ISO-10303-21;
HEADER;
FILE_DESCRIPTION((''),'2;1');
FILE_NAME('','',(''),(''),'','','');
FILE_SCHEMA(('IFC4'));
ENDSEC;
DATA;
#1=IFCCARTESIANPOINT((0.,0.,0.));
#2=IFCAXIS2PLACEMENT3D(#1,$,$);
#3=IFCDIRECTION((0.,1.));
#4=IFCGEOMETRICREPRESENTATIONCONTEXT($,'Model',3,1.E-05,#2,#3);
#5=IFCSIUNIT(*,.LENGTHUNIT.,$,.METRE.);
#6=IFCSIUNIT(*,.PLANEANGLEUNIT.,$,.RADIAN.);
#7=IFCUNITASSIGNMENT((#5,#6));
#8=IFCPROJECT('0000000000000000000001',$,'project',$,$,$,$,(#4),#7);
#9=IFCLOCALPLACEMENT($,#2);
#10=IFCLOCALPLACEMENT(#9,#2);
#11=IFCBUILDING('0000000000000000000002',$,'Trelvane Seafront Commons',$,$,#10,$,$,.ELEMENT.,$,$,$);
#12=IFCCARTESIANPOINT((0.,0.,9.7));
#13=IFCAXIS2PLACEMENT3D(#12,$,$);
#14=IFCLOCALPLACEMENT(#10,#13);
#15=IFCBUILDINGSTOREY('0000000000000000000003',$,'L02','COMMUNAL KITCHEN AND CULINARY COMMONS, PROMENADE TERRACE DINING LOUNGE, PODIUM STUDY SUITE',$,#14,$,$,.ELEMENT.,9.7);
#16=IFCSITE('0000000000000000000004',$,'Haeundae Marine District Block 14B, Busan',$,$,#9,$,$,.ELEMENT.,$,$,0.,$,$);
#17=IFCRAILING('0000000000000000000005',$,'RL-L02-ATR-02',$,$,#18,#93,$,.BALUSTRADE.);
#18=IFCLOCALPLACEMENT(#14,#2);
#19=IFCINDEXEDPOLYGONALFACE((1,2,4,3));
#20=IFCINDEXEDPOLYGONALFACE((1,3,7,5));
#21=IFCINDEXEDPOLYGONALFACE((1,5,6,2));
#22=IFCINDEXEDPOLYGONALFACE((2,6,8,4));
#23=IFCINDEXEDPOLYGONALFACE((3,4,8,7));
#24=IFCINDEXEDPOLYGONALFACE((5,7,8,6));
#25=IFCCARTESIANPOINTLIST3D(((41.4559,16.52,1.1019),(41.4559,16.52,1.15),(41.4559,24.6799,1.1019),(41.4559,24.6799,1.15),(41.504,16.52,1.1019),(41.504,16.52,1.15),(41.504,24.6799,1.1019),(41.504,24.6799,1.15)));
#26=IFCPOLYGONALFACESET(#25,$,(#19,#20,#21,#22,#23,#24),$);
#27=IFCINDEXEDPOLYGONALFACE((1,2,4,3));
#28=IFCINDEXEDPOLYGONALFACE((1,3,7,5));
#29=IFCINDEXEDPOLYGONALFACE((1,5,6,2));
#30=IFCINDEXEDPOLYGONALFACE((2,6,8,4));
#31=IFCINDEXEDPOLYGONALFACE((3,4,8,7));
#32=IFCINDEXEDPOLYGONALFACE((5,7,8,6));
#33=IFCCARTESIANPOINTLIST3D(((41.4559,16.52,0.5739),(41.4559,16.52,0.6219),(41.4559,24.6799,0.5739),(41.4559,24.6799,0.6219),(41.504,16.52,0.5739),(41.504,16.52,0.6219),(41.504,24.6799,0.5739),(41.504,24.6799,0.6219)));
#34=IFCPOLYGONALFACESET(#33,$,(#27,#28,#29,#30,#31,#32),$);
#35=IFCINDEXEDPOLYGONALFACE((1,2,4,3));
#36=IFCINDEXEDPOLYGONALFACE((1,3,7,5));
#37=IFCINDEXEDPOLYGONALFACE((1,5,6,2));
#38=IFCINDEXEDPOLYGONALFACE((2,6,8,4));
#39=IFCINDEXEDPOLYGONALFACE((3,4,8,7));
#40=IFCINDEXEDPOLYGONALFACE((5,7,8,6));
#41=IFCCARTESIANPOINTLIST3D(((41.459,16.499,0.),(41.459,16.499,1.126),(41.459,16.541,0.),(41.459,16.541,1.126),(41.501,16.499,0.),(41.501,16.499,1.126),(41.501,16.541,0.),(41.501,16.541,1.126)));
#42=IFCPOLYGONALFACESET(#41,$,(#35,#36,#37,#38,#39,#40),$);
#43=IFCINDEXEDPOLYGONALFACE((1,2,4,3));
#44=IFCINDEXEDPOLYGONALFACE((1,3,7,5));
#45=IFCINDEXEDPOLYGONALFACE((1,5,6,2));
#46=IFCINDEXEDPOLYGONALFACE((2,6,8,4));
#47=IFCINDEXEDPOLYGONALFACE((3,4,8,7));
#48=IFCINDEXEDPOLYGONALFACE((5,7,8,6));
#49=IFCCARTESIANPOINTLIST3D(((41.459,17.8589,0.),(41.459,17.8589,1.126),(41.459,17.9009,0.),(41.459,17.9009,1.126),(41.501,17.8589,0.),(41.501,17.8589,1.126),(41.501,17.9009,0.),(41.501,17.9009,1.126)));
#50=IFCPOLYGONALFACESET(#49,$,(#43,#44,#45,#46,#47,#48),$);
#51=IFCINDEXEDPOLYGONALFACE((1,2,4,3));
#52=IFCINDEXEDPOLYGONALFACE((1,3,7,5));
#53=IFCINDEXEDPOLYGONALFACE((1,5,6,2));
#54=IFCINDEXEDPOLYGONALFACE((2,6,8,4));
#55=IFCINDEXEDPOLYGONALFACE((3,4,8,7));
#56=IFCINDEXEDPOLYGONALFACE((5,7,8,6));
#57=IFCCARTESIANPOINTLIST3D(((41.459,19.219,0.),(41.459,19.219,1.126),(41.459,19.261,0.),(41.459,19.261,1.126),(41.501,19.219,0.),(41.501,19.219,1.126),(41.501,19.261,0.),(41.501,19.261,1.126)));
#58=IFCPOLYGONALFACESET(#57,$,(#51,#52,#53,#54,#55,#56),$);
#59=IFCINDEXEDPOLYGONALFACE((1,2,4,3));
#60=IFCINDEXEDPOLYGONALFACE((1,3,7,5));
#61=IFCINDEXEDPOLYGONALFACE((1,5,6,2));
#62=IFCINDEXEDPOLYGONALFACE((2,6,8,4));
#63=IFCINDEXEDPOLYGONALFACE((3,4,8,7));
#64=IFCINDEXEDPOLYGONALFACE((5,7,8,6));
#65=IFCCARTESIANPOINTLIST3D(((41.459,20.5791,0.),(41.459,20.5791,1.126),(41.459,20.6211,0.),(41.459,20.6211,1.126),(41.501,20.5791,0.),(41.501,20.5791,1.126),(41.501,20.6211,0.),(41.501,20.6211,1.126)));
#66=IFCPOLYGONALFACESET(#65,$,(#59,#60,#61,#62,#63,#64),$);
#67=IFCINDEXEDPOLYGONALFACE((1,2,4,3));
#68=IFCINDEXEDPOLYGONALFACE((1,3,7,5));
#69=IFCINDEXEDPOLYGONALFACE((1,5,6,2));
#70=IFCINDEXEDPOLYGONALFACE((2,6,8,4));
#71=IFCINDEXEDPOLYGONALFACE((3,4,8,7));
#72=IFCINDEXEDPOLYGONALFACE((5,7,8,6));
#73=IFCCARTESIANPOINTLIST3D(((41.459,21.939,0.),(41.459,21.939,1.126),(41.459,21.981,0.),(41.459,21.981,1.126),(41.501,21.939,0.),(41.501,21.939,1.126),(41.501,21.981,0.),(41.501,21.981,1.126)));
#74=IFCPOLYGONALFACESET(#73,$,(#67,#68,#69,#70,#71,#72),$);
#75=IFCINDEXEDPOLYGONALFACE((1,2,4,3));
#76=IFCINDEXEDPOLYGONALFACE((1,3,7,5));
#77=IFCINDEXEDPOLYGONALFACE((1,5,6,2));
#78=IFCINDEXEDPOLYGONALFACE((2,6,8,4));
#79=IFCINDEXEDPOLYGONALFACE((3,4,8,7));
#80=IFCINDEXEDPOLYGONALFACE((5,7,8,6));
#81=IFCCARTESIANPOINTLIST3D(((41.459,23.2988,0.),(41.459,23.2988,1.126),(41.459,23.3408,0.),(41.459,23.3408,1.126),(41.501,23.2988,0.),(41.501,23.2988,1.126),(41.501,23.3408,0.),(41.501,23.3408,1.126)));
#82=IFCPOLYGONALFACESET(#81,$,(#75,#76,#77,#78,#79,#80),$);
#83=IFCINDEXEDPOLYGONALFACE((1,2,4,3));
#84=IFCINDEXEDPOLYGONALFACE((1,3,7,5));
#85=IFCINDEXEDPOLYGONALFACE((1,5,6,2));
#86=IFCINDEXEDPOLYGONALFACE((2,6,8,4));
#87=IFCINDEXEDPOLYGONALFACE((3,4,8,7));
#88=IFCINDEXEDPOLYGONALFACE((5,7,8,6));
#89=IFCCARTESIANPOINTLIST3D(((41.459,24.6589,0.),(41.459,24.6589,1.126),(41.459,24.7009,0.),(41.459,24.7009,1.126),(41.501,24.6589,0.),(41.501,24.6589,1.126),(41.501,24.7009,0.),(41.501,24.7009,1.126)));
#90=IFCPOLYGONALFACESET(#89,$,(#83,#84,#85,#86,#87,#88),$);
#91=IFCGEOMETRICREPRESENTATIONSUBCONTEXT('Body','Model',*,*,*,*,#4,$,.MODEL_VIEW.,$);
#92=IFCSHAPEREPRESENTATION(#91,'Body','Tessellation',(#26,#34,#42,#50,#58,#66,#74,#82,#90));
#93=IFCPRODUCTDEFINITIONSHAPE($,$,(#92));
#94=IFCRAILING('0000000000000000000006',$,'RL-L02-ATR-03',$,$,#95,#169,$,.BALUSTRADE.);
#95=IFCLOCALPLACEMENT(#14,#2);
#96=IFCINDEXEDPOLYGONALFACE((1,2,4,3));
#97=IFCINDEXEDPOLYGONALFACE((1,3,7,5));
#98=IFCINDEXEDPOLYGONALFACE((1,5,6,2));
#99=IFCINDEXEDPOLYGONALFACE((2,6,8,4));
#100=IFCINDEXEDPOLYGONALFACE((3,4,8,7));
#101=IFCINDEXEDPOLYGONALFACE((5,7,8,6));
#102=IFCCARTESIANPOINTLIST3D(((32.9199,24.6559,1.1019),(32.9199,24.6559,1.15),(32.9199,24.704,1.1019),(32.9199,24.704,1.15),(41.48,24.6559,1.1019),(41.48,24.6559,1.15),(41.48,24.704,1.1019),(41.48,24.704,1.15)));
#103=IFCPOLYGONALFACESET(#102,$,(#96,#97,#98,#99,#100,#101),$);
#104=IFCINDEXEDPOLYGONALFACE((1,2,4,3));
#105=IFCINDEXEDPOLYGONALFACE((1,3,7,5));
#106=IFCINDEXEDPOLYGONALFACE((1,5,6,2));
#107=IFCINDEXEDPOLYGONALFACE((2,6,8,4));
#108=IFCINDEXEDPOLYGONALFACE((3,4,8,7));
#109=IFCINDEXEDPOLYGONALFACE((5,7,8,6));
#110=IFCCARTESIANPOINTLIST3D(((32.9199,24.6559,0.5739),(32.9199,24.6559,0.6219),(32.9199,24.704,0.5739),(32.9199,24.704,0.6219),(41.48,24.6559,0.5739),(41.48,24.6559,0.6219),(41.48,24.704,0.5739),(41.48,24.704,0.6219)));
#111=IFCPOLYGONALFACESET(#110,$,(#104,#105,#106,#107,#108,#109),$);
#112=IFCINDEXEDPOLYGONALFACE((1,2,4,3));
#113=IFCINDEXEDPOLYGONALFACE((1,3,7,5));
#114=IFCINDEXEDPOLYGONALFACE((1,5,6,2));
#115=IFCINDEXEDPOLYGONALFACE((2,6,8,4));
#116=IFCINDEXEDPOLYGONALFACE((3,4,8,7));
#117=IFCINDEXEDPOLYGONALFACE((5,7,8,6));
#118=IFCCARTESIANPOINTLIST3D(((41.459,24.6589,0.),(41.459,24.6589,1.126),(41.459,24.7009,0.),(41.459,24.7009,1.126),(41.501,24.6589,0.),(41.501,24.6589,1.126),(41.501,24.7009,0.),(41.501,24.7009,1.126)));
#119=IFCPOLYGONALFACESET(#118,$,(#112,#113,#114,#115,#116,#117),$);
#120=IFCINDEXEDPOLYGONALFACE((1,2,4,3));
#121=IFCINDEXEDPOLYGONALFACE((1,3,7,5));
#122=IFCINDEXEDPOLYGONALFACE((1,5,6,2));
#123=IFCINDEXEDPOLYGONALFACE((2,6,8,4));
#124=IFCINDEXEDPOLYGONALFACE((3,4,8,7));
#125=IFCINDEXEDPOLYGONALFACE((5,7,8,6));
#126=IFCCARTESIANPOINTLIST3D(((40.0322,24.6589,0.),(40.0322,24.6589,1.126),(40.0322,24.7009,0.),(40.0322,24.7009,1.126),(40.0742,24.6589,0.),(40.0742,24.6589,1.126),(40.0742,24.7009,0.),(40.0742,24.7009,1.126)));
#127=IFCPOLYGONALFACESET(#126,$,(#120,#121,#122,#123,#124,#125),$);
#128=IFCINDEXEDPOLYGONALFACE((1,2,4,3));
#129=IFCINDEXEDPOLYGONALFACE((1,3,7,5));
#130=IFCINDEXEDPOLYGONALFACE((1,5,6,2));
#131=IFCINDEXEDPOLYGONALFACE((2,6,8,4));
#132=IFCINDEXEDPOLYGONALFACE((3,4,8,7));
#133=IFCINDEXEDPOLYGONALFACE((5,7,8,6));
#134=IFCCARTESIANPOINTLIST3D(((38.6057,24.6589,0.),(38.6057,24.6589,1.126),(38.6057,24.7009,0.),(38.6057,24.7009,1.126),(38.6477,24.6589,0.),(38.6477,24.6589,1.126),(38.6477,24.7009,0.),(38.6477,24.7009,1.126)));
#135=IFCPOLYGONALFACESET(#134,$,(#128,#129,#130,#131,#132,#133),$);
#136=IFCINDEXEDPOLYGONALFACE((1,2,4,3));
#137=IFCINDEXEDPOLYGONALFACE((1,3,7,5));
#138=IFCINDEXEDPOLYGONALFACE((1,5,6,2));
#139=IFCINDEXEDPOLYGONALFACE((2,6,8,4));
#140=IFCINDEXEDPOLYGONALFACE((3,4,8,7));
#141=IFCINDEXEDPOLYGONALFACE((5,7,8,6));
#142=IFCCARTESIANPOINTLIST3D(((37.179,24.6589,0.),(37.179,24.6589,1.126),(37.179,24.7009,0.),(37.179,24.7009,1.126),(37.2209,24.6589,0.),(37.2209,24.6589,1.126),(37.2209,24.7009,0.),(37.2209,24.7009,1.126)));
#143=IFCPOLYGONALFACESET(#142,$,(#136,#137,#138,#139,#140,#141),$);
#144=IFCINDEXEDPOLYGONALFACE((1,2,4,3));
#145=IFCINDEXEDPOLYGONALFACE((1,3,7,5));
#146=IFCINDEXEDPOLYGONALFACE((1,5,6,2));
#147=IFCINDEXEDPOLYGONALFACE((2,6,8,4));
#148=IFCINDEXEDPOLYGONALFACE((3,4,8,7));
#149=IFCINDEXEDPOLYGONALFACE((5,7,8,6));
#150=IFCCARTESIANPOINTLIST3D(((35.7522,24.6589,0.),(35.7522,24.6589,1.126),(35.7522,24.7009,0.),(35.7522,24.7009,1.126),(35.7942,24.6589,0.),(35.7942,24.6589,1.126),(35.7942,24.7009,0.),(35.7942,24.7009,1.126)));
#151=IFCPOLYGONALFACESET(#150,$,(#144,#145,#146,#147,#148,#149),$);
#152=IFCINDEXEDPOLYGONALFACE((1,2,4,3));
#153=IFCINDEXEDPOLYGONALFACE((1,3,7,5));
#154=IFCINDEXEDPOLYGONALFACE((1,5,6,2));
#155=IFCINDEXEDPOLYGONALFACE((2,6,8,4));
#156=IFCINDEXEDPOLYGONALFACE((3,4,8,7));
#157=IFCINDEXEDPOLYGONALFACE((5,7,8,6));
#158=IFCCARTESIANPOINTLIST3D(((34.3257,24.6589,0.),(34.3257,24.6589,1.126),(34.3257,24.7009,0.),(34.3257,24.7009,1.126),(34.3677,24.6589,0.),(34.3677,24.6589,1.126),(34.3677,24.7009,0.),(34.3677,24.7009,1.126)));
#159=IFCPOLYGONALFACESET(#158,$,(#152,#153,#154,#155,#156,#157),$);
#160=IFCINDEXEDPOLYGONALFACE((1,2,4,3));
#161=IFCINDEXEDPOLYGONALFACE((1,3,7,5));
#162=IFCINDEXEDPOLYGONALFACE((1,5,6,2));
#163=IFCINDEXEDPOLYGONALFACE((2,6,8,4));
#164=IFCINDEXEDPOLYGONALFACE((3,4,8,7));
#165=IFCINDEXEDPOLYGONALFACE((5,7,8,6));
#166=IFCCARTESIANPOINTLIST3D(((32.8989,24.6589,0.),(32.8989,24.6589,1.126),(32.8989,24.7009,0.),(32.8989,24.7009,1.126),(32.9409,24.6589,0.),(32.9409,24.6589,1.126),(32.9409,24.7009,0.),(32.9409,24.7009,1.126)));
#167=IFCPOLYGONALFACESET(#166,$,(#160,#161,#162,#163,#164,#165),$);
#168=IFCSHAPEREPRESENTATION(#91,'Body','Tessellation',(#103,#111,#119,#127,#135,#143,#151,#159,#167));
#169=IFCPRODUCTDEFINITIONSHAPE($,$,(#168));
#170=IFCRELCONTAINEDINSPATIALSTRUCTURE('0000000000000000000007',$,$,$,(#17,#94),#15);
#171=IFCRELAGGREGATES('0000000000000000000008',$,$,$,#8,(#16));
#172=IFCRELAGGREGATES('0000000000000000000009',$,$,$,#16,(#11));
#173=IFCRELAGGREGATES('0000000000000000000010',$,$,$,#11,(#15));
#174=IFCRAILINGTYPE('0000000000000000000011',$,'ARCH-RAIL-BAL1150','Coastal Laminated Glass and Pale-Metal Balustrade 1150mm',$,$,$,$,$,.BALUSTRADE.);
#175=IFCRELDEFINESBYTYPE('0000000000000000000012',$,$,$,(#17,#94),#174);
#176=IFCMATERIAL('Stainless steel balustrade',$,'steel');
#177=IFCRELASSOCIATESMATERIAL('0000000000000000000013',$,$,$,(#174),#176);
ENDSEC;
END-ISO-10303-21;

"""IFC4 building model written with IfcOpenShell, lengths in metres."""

from ifc_helpers import new_model, si_unit, direction, frame, origin, origin_2d, place, context, subcontext, project, spatial, rectangle, extrude, material, type_object, element, save


model = new_model("IFC4")

# Units and contexts
model_context = context("Model", 3, precision=1e-05, world=origin(), true_north=direction((0.0, 1.0)))
body_context = subcontext(model_context, "Body", "Model", "MODEL_VIEW")
ifc_project = project(units=[si_unit("LENGTHUNIT", "METRE"), si_unit("PLANEANGLEUNIT", "RADIAN")], contexts=[model_context])

# Site, building, storey
site_placement = place(None, origin())
site = spatial("IfcSite", under=ifc_project, at=site_placement, Name="Haeundae Marine District Block 14B, Busan", CompositionType="ELEMENT", RefElevation=0.0)
building_placement = place(site_placement, origin())
building = spatial("IfcBuilding", under=site, at=building_placement, Name="Trelvane Seafront Commons", CompositionType="ELEMENT")
storey_placement = place(building_placement, frame((0.0, 0.0, 9.7)))
storey = spatial("IfcBuildingStorey", under=building, at=storey_placement, Name="L02", Description="COMMUNAL KITCHEN AND CULINARY COMMONS, PROMENADE TERRACE DINING LOUNGE, PODIUM STUDY SUITE", CompositionType="ELEMENT", Elevation=9.7)

# Railings
ifc_material_1 = material(Name="Stainless steel balustrade", Category="steel")
railing_type = type_object("IfcRailingType", Name="ARCH-RAIL-BAL1150", Description="Coastal Laminated Glass and Pale-Metal Balustrade 1150mm", PredefinedType="BALUSTRADE", material=ifc_material_1)
railing_1_placement = place(storey_placement, frame((41.48, 16.52, 0.0)))
element("IfcRailing", 1, at=railing_1_placement, inside=storey, type_object=railing_type, Name="RL-L02-ATR-02", PredefinedType="BALUSTRADE", context=body_context, shape_type="SweptSolid", body=[
    extrude(rectangle(XDim=0.0481, YDim=0.0481, at=origin_2d()), frame((0.0, 0.0, 1.126), z_axis=(0.0, 1.0, 0.0), x_axis=(-1.0, 0.0, 0.0)), (0.0, 0.0, 1.0), 8.1599),
    extrude(rectangle(XDim=0.0481, YDim=0.0481, at=origin_2d()), frame((0.0, 0.0, 0.5979), z_axis=(0.0, 1.0, 0.0), x_axis=(-1.0, 0.0, 0.0)), (0.0, 0.0, 1.0), 8.1599),
    extrude(rectangle(XDim=0.042, YDim=0.042, at=origin_2d()), origin(), (0.0, 0.0, 1.0), 1.126),
    extrude(rectangle(XDim=0.042, YDim=0.042, at=origin_2d()), frame((0.0, 1.3599, 0.0)), (0.0, 0.0, 1.0), 1.126),
    extrude(rectangle(XDim=0.042, YDim=0.042, at=origin_2d()), frame((0.0, 2.72, 0.0)), (0.0, 0.0, 1.0), 1.126),
    extrude(rectangle(XDim=0.042, YDim=0.042, at=origin_2d()), frame((0.0, 4.0801, 0.0)), (0.0, 0.0, 1.0), 1.126),
    extrude(rectangle(XDim=0.042, YDim=0.042, at=origin_2d()), frame((0.0, 5.4399, 0.0)), (0.0, 0.0, 1.0), 1.126),
    extrude(rectangle(XDim=0.042, YDim=0.042, at=origin_2d()), frame((0.0, 6.7998, 0.0)), (0.0, 0.0, 1.0), 1.126),
    extrude(rectangle(XDim=0.042, YDim=0.042, at=origin_2d()), frame((0.0, 8.1599, 0.0)), (0.0, 0.0, 1.0), 1.126),
])
railing_2_placement = place(storey_placement, frame((41.48, 24.6799, 0.0)))
element("IfcRailing", 2, at=railing_2_placement, inside=storey, type_object=railing_type, Name="RL-L02-ATR-03", PredefinedType="BALUSTRADE", context=body_context, shape_type="SweptSolid", body=[
    extrude(rectangle(XDim=0.0481, YDim=0.0481, at=origin_2d()), frame((0.0, 0.0, 1.126), z_axis=(-1.0, 0.0, 0.0), x_axis=(0.0, -1.0, 0.0)), (0.0, 0.0, 1.0), 8.5601),
    extrude(rectangle(XDim=0.0481, YDim=0.0481, at=origin_2d()), frame((0.0, 0.0, 0.5979), z_axis=(-1.0, 0.0, 0.0), x_axis=(0.0, -1.0, 0.0)), (0.0, 0.0, 1.0), 8.5601),
    extrude(rectangle(XDim=0.042, YDim=0.042, at=origin_2d()), origin(), (0.0, 0.0, 1.0), 1.126),
    extrude(rectangle(XDim=0.042, YDim=0.042, at=origin_2d()), frame((-1.4268, 0.0, 0.0)), (0.0, 0.0, 1.0), 1.126),
    extrude(rectangle(XDim=0.042, YDim=0.042, at=origin_2d()), frame((-2.8533, 0.0, 0.0)), (0.0, 0.0, 1.0), 1.126),
    extrude(rectangle(XDim=0.042, YDim=0.042, at=origin_2d()), frame((-4.28, 0.0, 0.0)), (0.0, 0.0, 1.0), 1.126),
    extrude(rectangle(XDim=0.042, YDim=0.042, at=origin_2d()), frame((-5.7068, 0.0, 0.0)), (0.0, 0.0, 1.0), 1.126),
    extrude(rectangle(XDim=0.042, YDim=0.042, at=origin_2d()), frame((-7.1333, 0.0, 0.0)), (0.0, 0.0, 1.0), 1.126),
    extrude(rectangle(XDim=0.042, YDim=0.042, at=origin_2d()), frame((-8.5601, 0.0, 0.0)), (0.0, 0.0, 1.0), 1.126),
])

save(model, "model.ifc")
